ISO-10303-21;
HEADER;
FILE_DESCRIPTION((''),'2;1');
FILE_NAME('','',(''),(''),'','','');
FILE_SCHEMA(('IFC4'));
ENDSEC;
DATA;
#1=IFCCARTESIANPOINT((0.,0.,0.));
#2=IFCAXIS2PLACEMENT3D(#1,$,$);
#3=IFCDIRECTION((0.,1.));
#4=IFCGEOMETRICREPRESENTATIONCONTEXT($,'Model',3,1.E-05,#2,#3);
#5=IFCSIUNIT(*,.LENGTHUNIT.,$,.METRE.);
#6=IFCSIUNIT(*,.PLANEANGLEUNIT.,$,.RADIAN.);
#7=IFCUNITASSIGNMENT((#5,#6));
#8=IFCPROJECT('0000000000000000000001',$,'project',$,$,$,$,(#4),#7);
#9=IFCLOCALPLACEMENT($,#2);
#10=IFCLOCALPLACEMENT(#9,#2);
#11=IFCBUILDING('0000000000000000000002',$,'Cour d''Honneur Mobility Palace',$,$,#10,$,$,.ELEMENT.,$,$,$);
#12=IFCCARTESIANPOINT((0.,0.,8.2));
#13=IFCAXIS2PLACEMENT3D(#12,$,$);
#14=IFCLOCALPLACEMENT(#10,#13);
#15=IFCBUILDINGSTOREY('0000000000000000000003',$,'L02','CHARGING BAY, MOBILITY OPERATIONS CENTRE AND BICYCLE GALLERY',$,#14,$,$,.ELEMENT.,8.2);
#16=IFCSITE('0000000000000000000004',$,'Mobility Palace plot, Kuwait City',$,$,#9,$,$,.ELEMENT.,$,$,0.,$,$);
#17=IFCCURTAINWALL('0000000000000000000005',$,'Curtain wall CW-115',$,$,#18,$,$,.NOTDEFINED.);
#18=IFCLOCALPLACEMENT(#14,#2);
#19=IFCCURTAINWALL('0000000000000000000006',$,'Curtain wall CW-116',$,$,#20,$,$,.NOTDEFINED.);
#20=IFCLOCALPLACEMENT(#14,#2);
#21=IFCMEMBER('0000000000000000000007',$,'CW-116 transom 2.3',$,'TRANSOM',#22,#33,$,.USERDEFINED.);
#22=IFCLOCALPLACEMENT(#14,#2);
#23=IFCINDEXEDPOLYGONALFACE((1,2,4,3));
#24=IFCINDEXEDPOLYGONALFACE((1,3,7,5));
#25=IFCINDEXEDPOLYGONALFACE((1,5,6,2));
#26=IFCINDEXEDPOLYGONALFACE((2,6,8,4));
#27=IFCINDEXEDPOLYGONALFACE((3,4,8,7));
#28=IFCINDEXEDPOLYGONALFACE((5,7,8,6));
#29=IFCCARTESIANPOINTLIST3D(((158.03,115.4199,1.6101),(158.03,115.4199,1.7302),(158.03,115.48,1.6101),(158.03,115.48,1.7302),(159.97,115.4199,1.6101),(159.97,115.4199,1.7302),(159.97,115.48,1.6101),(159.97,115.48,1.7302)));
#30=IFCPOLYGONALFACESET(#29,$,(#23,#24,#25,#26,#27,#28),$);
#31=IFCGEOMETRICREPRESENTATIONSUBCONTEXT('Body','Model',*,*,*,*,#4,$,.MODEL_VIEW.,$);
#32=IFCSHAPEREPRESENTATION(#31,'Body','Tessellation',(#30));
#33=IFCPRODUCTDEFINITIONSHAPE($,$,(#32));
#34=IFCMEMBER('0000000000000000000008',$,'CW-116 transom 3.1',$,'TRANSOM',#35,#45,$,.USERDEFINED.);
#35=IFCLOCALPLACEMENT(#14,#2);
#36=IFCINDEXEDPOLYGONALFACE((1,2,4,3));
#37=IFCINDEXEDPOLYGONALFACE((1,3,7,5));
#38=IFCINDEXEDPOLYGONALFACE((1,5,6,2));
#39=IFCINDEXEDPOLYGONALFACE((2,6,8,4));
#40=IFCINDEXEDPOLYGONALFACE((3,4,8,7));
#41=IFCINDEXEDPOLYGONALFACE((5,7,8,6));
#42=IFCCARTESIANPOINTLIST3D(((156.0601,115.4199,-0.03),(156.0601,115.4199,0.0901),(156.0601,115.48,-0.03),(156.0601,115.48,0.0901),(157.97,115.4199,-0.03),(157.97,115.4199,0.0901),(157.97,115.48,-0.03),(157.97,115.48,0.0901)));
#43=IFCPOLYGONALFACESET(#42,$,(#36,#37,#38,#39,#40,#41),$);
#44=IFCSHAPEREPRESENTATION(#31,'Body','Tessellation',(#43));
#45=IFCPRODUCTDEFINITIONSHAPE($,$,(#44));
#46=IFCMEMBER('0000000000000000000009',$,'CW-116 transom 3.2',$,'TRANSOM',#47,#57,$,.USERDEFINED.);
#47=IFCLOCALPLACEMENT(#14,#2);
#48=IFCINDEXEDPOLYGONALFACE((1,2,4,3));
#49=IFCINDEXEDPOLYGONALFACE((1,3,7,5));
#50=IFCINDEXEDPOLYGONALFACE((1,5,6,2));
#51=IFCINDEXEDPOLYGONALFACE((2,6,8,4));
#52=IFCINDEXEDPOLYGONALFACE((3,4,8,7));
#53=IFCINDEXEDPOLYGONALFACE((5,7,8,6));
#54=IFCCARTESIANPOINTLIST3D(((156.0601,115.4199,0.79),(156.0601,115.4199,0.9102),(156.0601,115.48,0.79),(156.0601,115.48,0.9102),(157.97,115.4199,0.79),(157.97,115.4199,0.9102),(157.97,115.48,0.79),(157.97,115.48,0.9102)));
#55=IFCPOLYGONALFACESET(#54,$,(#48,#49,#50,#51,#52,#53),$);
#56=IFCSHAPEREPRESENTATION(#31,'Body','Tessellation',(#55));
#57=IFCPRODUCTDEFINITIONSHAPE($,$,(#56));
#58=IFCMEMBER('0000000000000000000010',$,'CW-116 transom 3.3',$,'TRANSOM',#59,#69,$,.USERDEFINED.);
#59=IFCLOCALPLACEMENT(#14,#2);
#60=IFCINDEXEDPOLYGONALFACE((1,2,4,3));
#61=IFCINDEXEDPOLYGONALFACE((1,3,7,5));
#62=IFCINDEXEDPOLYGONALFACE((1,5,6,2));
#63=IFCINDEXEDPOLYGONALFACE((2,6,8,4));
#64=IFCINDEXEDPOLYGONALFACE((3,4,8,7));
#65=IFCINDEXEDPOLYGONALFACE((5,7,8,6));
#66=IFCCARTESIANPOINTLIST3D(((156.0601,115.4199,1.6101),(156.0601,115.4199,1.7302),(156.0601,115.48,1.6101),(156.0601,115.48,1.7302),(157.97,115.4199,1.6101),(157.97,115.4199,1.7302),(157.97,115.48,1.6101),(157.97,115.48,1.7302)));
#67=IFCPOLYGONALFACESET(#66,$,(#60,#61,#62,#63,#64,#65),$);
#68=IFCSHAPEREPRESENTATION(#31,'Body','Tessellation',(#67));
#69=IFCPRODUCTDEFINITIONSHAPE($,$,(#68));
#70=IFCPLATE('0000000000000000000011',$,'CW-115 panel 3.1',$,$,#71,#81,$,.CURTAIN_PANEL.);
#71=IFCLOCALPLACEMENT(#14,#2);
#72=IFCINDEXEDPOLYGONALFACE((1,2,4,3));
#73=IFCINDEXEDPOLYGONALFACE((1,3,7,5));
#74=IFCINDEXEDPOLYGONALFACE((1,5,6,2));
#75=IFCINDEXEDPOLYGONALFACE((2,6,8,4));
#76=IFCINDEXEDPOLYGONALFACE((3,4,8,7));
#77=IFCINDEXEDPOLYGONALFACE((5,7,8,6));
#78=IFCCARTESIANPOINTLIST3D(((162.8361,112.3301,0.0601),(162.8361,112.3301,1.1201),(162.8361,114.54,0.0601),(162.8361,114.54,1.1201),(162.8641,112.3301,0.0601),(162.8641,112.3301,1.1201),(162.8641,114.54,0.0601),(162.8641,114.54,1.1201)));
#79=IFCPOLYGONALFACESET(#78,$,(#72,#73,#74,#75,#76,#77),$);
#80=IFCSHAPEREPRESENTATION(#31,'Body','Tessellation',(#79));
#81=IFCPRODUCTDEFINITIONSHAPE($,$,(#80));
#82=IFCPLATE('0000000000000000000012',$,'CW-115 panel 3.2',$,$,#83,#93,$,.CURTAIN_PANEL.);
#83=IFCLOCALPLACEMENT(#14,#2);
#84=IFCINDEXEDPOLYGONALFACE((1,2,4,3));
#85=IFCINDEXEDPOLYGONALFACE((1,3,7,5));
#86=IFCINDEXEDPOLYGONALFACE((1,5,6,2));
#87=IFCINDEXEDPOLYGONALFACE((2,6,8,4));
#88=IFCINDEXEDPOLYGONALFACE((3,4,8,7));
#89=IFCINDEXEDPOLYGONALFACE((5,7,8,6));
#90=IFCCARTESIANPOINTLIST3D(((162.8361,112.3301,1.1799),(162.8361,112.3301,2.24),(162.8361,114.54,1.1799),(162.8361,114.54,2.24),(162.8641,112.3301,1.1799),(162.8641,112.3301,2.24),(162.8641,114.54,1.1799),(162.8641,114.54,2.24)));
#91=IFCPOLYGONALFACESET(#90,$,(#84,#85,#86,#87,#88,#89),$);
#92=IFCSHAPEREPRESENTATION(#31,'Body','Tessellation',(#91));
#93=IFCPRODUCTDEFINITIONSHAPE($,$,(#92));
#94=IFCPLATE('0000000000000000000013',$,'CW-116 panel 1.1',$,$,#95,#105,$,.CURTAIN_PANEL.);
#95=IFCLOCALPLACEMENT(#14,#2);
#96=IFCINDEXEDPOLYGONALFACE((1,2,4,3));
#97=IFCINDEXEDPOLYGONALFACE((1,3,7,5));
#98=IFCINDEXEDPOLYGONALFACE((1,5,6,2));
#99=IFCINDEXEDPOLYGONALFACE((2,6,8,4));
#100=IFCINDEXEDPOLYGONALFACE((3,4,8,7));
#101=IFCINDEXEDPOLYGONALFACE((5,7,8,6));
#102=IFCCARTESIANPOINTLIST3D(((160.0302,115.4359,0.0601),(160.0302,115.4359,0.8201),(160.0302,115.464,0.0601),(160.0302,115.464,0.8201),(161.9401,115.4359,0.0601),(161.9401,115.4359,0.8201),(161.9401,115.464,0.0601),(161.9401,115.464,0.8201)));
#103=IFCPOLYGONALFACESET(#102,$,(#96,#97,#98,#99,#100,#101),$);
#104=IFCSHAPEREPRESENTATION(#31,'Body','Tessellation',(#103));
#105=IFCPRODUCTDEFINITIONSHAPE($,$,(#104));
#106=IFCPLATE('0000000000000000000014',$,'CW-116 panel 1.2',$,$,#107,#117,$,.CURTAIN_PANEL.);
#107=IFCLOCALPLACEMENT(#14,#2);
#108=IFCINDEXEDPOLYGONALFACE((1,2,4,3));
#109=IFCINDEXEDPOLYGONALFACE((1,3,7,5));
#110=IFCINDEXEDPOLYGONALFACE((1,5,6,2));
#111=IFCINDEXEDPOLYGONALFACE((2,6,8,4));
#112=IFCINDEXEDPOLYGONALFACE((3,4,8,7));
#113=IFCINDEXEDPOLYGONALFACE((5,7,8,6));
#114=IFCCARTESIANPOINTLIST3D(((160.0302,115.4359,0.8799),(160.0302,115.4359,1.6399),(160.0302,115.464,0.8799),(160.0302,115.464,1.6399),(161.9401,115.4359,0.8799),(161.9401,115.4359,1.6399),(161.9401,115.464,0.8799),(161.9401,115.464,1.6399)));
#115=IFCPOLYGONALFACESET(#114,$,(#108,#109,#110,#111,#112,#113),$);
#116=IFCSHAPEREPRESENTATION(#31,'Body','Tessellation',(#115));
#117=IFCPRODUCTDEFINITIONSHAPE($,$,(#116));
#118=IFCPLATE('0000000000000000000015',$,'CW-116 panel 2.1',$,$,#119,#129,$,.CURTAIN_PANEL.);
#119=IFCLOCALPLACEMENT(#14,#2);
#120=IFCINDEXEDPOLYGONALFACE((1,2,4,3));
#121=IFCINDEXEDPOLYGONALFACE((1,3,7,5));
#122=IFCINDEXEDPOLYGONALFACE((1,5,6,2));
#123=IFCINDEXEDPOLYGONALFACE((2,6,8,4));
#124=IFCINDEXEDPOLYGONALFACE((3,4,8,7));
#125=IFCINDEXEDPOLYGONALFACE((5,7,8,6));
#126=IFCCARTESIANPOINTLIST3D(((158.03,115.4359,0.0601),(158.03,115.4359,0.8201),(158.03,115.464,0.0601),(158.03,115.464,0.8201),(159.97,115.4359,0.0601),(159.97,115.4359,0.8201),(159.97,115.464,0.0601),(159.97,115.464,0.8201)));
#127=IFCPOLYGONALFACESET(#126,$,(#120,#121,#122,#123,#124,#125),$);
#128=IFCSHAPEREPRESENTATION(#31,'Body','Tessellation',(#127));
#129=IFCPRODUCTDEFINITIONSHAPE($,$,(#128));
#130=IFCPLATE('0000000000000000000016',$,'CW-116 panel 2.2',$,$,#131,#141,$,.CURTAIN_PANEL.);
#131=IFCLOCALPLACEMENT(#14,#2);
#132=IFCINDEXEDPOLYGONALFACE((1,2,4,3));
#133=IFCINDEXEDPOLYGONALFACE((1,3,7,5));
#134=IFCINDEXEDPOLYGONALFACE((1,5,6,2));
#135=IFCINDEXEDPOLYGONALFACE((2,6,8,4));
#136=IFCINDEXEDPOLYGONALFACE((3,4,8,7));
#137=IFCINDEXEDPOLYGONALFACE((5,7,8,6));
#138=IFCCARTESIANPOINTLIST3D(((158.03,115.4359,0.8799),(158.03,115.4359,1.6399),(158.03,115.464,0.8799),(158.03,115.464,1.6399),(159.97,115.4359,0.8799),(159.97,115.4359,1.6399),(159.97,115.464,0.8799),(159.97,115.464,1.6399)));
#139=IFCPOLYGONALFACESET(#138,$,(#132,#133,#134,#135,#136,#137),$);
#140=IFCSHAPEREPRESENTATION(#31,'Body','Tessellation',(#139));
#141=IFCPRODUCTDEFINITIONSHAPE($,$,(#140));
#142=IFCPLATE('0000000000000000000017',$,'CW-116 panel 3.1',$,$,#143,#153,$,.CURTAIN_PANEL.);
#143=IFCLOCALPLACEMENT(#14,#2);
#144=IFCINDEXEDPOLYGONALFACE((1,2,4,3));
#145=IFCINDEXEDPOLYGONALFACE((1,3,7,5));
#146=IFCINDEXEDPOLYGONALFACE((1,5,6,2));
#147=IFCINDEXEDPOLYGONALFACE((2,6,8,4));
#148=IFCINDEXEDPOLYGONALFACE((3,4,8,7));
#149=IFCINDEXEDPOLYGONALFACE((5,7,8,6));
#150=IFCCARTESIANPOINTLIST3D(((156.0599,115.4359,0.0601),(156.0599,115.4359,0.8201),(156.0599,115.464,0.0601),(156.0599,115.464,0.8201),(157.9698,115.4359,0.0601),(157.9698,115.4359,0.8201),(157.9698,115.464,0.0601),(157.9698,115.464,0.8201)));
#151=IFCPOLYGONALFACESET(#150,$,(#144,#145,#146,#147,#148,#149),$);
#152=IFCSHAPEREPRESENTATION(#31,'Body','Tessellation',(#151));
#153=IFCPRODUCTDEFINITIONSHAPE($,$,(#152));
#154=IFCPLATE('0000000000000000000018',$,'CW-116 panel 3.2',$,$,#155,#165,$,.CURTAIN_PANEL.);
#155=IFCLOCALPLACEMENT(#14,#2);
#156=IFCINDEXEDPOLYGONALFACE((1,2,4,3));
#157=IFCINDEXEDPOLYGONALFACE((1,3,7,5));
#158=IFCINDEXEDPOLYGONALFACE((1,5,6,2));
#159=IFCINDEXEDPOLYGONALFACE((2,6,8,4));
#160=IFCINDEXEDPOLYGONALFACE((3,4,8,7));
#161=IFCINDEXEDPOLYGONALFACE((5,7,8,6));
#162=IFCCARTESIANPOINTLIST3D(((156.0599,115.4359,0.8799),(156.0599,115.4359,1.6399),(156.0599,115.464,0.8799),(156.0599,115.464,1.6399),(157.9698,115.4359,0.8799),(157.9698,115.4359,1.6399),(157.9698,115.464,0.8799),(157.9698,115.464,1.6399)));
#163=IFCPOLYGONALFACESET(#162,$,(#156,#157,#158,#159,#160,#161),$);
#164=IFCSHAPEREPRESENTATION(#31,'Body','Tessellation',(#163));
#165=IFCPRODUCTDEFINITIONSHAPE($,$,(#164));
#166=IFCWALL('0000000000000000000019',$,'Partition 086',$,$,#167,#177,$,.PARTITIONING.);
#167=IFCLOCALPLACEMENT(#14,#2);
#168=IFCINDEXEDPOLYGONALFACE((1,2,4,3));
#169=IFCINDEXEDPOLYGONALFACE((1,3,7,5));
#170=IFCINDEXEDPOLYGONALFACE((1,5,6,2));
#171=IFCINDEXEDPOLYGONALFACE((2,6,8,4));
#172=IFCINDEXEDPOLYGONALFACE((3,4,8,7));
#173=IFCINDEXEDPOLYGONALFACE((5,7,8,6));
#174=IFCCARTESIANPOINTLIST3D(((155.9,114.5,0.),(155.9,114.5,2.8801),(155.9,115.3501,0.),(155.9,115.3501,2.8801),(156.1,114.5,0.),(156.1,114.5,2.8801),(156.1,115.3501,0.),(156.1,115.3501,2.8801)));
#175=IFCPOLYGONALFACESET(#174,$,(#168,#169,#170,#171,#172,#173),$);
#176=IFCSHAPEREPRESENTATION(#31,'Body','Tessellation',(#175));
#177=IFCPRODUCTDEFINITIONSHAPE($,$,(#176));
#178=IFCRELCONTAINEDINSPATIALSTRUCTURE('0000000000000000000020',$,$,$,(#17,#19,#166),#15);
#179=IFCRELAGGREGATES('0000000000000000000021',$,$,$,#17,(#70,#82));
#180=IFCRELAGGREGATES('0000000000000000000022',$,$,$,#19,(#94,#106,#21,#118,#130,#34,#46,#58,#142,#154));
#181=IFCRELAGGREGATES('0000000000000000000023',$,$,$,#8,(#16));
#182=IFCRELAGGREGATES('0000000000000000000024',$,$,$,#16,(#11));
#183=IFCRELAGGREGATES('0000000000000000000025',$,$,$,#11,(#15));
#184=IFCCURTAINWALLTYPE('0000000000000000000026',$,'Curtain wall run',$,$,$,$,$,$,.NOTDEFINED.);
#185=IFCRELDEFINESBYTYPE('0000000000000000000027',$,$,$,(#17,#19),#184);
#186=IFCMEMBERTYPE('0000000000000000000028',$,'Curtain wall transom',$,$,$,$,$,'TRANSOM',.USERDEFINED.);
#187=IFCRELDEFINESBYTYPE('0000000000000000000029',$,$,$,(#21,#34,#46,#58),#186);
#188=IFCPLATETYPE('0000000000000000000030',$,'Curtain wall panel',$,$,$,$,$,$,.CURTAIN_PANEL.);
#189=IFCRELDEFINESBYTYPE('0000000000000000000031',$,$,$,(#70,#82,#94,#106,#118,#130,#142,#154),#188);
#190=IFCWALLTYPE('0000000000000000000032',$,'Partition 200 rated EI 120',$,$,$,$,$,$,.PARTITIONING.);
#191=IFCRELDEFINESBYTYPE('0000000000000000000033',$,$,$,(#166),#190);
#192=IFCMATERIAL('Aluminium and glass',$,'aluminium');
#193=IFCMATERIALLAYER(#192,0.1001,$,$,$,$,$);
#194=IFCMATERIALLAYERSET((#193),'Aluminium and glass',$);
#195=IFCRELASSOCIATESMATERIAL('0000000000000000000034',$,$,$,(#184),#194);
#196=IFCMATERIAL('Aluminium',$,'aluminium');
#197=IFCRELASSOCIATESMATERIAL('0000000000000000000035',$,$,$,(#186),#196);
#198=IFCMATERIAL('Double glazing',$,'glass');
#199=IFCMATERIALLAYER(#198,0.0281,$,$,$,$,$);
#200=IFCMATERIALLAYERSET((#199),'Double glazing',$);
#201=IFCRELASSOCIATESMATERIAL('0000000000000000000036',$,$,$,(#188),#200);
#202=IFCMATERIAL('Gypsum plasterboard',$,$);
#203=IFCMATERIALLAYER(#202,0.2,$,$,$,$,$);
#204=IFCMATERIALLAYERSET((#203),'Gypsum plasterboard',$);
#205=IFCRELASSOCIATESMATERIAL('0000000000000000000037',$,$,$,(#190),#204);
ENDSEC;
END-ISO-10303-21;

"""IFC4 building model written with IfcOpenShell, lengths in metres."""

from ifc_helpers import new_model, si_unit, direction, frame, frame_2d, origin, origin_2d, place, context, subcontext, project, spatial, rectangle, extrude, material, layer, layer_set, material_profile, profile_set, type_object, element, aggregate, save


model = new_model("IFC4")

# Units and contexts
model_context = context("Model", 3, precision=1e-05, world=origin(), true_north=direction((0.0, 1.0)))
body_context = subcontext(model_context, "Body", "Model", "MODEL_VIEW")
ifc_project = project(units=[si_unit("LENGTHUNIT", "METRE"), si_unit("PLANEANGLEUNIT", "RADIAN")], contexts=[model_context])

# Site, building, storey
site_placement = place(None, origin())
site = spatial("IfcSite", under=ifc_project, at=site_placement, Name="Mobility Palace plot, Kuwait City", CompositionType="ELEMENT", RefElevation=0.0)
building_placement = place(site_placement, origin())
building = spatial("IfcBuilding", under=site, at=building_placement, Name="Cour d'Honneur Mobility Palace", CompositionType="ELEMENT")
storey_placement = place(building_placement, frame((0.0, 0.0, 8.2)))
storey = spatial("IfcBuildingStorey", under=building, at=storey_placement, Name="L02", Description="CHARGING BAY, MOBILITY OPERATIONS CENTRE AND BICYCLE GALLERY", CompositionType="ELEMENT", Elevation=8.2)

# Curtain wall
ifc_material_1 = material(Name="Aluminium and glass", Category="aluminium")
ifc_layer_1 = layer(ifc_material_1, 0.1001)
ifc_layer_set_1 = layer_set([ifc_layer_1], Name="Aluminium and glass")
curtain_wall_type = type_object("IfcCurtainWallType", Name="Curtain wall run", PredefinedType="NOTDEFINED", material=ifc_layer_set_1)
curtain_wall_1_placement = place(storey_placement, origin())
curtain_wall_1 = element("IfcCurtainWall", 1, at=curtain_wall_1_placement, inside=storey, type_object=curtain_wall_type, Name="Curtain wall CW-115", PredefinedType="NOTDEFINED")

# Curtain wall
curtain_wall_2_placement = place(storey_placement, origin())
curtain_wall_2 = element("IfcCurtainWall", 2, at=curtain_wall_2_placement, inside=storey, type_object=curtain_wall_type, Name="Curtain wall CW-116", PredefinedType="NOTDEFINED")

# Members
ifc_material_2 = material(Name="Aluminium", Category="aluminium")
ifc_material_profile_1 = material_profile(ifc_material_2, rectangle(XDim=0.0601, YDim=0.1201, at=origin_2d()), Name="Curtain wall transom")
ifc_profile_set_1 = profile_set([ifc_material_profile_1], Name="Aluminium")
member_type_1 = type_object("IfcMemberType", Name="Curtain wall transom", ElementType="TRANSOM", PredefinedType="USERDEFINED", material=ifc_profile_set_1)
member_1_placement = place(storey_placement, frame((159.97, 115.45, 1.6702), z_axis=(-1.0, 0.0, 0.0), x_axis=(0.0, -1.0, 0.0)))
member_1 = element("IfcMember", 3, at=member_1_placement, type_object=member_type_1, Name="CW-116 transom 2.3", ObjectType="TRANSOM", PredefinedType="USERDEFINED", context=body_context, shape_type="SweptSolid", body=[
    extrude(rectangle(XDim=0.0601, YDim=0.1201, at=origin_2d()), origin(), (0.0, 0.0, 1.0), 1.9399),
])
member_2_placement = place(storey_placement, frame((157.97, 115.45, 0.03), z_axis=(-1.0, 0.0, 0.0), x_axis=(0.0, -1.0, 0.0)))
member_2 = element("IfcMember", 4, at=member_2_placement, type_object=member_type_1, Name="CW-116 transom 3.1", ObjectType="TRANSOM", PredefinedType="USERDEFINED", context=body_context, shape_type="SweptSolid", body=[
    extrude(rectangle(XDim=0.0601, YDim=0.1201, at=origin_2d()), origin(), (0.0, 0.0, 1.0), 1.9099),
])
member_3_placement = place(storey_placement, frame((157.97, 115.45, 0.8501), z_axis=(-1.0, 0.0, 0.0), x_axis=(0.0, -1.0, 0.0)))
member_3 = element("IfcMember", 5, at=member_3_placement, type_object=member_type_1, Name="CW-116 transom 3.2", ObjectType="TRANSOM", PredefinedType="USERDEFINED", context=body_context, shape_type="SweptSolid", body=[
    extrude(rectangle(XDim=0.0601, YDim=0.1201, at=origin_2d()), origin(), (0.0, 0.0, 1.0), 1.9099),
])
member_4_placement = place(storey_placement, frame((157.97, 115.45, 1.6702), z_axis=(-1.0, 0.0, 0.0), x_axis=(0.0, -1.0, 0.0)))
member_4 = element("IfcMember", 6, at=member_4_placement, type_object=member_type_1, Name="CW-116 transom 3.3", ObjectType="TRANSOM", PredefinedType="USERDEFINED", context=body_context, shape_type="SweptSolid", body=[
    extrude(rectangle(XDim=0.0601, YDim=0.1201, at=origin_2d()), origin(), (0.0, 0.0, 1.0), 1.9099),
])

# Plates
ifc_material_3 = material(Name="Double glazing", Category="glass")
ifc_layer_2 = layer(ifc_material_3, 0.0281)
ifc_layer_set_2 = layer_set([ifc_layer_2], Name="Double glazing")
plate_type = type_object("IfcPlateType", Name="Curtain wall panel", PredefinedType="CURTAIN_PANEL", material=ifc_layer_set_2)
plate_1_placement = place(storey_placement, frame((162.8501, 113.4351, 0.0601), z_axis=(0.0, 0.0, 1.0), x_axis=(0.0, 1.0, 0.0)))
plate_1 = element("IfcPlate", 7, at=plate_1_placement, type_object=plate_type, Name="CW-115 panel 3.1", PredefinedType="CURTAIN_PANEL", context=body_context, shape_type="SweptSolid", body=[
    extrude(rectangle(XDim=2.21, YDim=0.0281, at=origin_2d()), origin(), (0.0, 0.0, 1.0), 1.0601),
])
plate_2_placement = place(storey_placement, frame((162.8501, 113.4351, 1.1799), z_axis=(0.0, 0.0, 1.0), x_axis=(0.0, 1.0, 0.0)))
plate_2 = element("IfcPlate", 8, at=plate_2_placement, type_object=plate_type, Name="CW-115 panel 3.2", PredefinedType="CURTAIN_PANEL", context=body_context, shape_type="SweptSolid", body=[
    extrude(rectangle(XDim=2.21, YDim=0.0281, at=origin_2d()), origin(), (0.0, 0.0, 1.0), 1.0601),
])
aggregate(curtain_wall_1, [plate_1, plate_2])
plate_3_placement = place(storey_placement, frame((160.9851, 115.45, 0.0601), z_axis=(0.0, 0.0, 1.0), x_axis=(-1.0, 0.0, 0.0)))
plate_3 = element("IfcPlate", 9, at=plate_3_placement, type_object=plate_type, Name="CW-116 panel 1.1", PredefinedType="CURTAIN_PANEL", context=body_context, shape_type="SweptSolid", body=[
    extrude(rectangle(XDim=1.9099, YDim=0.0281, at=origin_2d()), origin(), (0.0, 0.0, 1.0), 0.76),
])
plate_4_placement = place(storey_placement, frame((160.9851, 115.45, 0.8799), z_axis=(0.0, 0.0, 1.0), x_axis=(-1.0, 0.0, 0.0)))
plate_4 = element("IfcPlate", 10, at=plate_4_placement, type_object=plate_type, Name="CW-116 panel 1.2", PredefinedType="CURTAIN_PANEL", context=body_context, shape_type="SweptSolid", body=[
    extrude(rectangle(XDim=1.9099, YDim=0.0281, at=origin_2d()), origin(), (0.0, 0.0, 1.0), 0.76),
])
plate_5_placement = place(storey_placement, frame((159.0, 115.45, 0.0601), z_axis=(0.0, 0.0, 1.0), x_axis=(-1.0, 0.0, 0.0)))
plate_5 = element("IfcPlate", 11, at=plate_5_placement, type_object=plate_type, Name="CW-116 panel 2.1", PredefinedType="CURTAIN_PANEL", context=body_context, shape_type="SweptSolid", body=[
    extrude(rectangle(XDim=1.9399, YDim=0.0281, at=origin_2d()), origin(), (0.0, 0.0, 1.0), 0.76),
])
plate_6_placement = place(storey_placement, frame((159.0, 115.45, 0.8799), z_axis=(0.0, 0.0, 1.0), x_axis=(-1.0, 0.0, 0.0)))
plate_6 = element("IfcPlate", 12, at=plate_6_placement, type_object=plate_type, Name="CW-116 panel 2.2", PredefinedType="CURTAIN_PANEL", context=body_context, shape_type="SweptSolid", body=[
    extrude(rectangle(XDim=1.9399, YDim=0.0281, at=origin_2d()), origin(), (0.0, 0.0, 1.0), 0.76),
])
plate_7_placement = place(storey_placement, frame((157.0149, 115.45, 0.0601), z_axis=(0.0, 0.0, 1.0), x_axis=(-1.0, 0.0, 0.0)))
plate_7 = element("IfcPlate", 13, at=plate_7_placement, type_object=plate_type, Name="CW-116 panel 3.1", PredefinedType="CURTAIN_PANEL", context=body_context, shape_type="SweptSolid", body=[
    extrude(rectangle(XDim=1.9099, YDim=0.0281, at=origin_2d()), origin(), (0.0, 0.0, 1.0), 0.76),
])
plate_8_placement = place(storey_placement, frame((157.0149, 115.45, 0.8799), z_axis=(0.0, 0.0, 1.0), x_axis=(-1.0, 0.0, 0.0)))
plate_8 = element("IfcPlate", 14, at=plate_8_placement, type_object=plate_type, Name="CW-116 panel 3.2", PredefinedType="CURTAIN_PANEL", context=body_context, shape_type="SweptSolid", body=[
    extrude(rectangle(XDim=1.9099, YDim=0.0281, at=origin_2d()), origin(), (0.0, 0.0, 1.0), 0.76),
])
aggregate(curtain_wall_2, [plate_3, plate_4, member_1, plate_5, plate_6, member_2, member_3, member_4, plate_7, plate_8])

# Wall
ifc_material_4 = material(Name="Gypsum plasterboard")
ifc_layer_3 = layer(ifc_material_4, 0.2)
ifc_layer_set_3 = layer_set([ifc_layer_3], Name="Gypsum plasterboard")
wall_type_1 = type_object("IfcWallType", Name="Partition 200 rated EI 120", PredefinedType="PARTITIONING", material=ifc_layer_set_3)
wall_1_placement = place(storey_placement, frame((156.0, 114.5, 0.0), z_axis=(0.0, 0.0, 1.0), x_axis=(0.0, 1.0, 0.0)))
element("IfcWall", 15, at=wall_1_placement, inside=storey, type_object=wall_type_1, Name="Partition 086", PredefinedType="PARTITIONING", context=body_context, shape_type="SweptSolid", body=[
    extrude(rectangle(XDim=0.8501, YDim=0.2, at=frame_2d((0.425, 0.0))), origin(), (0.0, 0.0, 1.0), 2.8801),
])

save(model, "model.ifc")
